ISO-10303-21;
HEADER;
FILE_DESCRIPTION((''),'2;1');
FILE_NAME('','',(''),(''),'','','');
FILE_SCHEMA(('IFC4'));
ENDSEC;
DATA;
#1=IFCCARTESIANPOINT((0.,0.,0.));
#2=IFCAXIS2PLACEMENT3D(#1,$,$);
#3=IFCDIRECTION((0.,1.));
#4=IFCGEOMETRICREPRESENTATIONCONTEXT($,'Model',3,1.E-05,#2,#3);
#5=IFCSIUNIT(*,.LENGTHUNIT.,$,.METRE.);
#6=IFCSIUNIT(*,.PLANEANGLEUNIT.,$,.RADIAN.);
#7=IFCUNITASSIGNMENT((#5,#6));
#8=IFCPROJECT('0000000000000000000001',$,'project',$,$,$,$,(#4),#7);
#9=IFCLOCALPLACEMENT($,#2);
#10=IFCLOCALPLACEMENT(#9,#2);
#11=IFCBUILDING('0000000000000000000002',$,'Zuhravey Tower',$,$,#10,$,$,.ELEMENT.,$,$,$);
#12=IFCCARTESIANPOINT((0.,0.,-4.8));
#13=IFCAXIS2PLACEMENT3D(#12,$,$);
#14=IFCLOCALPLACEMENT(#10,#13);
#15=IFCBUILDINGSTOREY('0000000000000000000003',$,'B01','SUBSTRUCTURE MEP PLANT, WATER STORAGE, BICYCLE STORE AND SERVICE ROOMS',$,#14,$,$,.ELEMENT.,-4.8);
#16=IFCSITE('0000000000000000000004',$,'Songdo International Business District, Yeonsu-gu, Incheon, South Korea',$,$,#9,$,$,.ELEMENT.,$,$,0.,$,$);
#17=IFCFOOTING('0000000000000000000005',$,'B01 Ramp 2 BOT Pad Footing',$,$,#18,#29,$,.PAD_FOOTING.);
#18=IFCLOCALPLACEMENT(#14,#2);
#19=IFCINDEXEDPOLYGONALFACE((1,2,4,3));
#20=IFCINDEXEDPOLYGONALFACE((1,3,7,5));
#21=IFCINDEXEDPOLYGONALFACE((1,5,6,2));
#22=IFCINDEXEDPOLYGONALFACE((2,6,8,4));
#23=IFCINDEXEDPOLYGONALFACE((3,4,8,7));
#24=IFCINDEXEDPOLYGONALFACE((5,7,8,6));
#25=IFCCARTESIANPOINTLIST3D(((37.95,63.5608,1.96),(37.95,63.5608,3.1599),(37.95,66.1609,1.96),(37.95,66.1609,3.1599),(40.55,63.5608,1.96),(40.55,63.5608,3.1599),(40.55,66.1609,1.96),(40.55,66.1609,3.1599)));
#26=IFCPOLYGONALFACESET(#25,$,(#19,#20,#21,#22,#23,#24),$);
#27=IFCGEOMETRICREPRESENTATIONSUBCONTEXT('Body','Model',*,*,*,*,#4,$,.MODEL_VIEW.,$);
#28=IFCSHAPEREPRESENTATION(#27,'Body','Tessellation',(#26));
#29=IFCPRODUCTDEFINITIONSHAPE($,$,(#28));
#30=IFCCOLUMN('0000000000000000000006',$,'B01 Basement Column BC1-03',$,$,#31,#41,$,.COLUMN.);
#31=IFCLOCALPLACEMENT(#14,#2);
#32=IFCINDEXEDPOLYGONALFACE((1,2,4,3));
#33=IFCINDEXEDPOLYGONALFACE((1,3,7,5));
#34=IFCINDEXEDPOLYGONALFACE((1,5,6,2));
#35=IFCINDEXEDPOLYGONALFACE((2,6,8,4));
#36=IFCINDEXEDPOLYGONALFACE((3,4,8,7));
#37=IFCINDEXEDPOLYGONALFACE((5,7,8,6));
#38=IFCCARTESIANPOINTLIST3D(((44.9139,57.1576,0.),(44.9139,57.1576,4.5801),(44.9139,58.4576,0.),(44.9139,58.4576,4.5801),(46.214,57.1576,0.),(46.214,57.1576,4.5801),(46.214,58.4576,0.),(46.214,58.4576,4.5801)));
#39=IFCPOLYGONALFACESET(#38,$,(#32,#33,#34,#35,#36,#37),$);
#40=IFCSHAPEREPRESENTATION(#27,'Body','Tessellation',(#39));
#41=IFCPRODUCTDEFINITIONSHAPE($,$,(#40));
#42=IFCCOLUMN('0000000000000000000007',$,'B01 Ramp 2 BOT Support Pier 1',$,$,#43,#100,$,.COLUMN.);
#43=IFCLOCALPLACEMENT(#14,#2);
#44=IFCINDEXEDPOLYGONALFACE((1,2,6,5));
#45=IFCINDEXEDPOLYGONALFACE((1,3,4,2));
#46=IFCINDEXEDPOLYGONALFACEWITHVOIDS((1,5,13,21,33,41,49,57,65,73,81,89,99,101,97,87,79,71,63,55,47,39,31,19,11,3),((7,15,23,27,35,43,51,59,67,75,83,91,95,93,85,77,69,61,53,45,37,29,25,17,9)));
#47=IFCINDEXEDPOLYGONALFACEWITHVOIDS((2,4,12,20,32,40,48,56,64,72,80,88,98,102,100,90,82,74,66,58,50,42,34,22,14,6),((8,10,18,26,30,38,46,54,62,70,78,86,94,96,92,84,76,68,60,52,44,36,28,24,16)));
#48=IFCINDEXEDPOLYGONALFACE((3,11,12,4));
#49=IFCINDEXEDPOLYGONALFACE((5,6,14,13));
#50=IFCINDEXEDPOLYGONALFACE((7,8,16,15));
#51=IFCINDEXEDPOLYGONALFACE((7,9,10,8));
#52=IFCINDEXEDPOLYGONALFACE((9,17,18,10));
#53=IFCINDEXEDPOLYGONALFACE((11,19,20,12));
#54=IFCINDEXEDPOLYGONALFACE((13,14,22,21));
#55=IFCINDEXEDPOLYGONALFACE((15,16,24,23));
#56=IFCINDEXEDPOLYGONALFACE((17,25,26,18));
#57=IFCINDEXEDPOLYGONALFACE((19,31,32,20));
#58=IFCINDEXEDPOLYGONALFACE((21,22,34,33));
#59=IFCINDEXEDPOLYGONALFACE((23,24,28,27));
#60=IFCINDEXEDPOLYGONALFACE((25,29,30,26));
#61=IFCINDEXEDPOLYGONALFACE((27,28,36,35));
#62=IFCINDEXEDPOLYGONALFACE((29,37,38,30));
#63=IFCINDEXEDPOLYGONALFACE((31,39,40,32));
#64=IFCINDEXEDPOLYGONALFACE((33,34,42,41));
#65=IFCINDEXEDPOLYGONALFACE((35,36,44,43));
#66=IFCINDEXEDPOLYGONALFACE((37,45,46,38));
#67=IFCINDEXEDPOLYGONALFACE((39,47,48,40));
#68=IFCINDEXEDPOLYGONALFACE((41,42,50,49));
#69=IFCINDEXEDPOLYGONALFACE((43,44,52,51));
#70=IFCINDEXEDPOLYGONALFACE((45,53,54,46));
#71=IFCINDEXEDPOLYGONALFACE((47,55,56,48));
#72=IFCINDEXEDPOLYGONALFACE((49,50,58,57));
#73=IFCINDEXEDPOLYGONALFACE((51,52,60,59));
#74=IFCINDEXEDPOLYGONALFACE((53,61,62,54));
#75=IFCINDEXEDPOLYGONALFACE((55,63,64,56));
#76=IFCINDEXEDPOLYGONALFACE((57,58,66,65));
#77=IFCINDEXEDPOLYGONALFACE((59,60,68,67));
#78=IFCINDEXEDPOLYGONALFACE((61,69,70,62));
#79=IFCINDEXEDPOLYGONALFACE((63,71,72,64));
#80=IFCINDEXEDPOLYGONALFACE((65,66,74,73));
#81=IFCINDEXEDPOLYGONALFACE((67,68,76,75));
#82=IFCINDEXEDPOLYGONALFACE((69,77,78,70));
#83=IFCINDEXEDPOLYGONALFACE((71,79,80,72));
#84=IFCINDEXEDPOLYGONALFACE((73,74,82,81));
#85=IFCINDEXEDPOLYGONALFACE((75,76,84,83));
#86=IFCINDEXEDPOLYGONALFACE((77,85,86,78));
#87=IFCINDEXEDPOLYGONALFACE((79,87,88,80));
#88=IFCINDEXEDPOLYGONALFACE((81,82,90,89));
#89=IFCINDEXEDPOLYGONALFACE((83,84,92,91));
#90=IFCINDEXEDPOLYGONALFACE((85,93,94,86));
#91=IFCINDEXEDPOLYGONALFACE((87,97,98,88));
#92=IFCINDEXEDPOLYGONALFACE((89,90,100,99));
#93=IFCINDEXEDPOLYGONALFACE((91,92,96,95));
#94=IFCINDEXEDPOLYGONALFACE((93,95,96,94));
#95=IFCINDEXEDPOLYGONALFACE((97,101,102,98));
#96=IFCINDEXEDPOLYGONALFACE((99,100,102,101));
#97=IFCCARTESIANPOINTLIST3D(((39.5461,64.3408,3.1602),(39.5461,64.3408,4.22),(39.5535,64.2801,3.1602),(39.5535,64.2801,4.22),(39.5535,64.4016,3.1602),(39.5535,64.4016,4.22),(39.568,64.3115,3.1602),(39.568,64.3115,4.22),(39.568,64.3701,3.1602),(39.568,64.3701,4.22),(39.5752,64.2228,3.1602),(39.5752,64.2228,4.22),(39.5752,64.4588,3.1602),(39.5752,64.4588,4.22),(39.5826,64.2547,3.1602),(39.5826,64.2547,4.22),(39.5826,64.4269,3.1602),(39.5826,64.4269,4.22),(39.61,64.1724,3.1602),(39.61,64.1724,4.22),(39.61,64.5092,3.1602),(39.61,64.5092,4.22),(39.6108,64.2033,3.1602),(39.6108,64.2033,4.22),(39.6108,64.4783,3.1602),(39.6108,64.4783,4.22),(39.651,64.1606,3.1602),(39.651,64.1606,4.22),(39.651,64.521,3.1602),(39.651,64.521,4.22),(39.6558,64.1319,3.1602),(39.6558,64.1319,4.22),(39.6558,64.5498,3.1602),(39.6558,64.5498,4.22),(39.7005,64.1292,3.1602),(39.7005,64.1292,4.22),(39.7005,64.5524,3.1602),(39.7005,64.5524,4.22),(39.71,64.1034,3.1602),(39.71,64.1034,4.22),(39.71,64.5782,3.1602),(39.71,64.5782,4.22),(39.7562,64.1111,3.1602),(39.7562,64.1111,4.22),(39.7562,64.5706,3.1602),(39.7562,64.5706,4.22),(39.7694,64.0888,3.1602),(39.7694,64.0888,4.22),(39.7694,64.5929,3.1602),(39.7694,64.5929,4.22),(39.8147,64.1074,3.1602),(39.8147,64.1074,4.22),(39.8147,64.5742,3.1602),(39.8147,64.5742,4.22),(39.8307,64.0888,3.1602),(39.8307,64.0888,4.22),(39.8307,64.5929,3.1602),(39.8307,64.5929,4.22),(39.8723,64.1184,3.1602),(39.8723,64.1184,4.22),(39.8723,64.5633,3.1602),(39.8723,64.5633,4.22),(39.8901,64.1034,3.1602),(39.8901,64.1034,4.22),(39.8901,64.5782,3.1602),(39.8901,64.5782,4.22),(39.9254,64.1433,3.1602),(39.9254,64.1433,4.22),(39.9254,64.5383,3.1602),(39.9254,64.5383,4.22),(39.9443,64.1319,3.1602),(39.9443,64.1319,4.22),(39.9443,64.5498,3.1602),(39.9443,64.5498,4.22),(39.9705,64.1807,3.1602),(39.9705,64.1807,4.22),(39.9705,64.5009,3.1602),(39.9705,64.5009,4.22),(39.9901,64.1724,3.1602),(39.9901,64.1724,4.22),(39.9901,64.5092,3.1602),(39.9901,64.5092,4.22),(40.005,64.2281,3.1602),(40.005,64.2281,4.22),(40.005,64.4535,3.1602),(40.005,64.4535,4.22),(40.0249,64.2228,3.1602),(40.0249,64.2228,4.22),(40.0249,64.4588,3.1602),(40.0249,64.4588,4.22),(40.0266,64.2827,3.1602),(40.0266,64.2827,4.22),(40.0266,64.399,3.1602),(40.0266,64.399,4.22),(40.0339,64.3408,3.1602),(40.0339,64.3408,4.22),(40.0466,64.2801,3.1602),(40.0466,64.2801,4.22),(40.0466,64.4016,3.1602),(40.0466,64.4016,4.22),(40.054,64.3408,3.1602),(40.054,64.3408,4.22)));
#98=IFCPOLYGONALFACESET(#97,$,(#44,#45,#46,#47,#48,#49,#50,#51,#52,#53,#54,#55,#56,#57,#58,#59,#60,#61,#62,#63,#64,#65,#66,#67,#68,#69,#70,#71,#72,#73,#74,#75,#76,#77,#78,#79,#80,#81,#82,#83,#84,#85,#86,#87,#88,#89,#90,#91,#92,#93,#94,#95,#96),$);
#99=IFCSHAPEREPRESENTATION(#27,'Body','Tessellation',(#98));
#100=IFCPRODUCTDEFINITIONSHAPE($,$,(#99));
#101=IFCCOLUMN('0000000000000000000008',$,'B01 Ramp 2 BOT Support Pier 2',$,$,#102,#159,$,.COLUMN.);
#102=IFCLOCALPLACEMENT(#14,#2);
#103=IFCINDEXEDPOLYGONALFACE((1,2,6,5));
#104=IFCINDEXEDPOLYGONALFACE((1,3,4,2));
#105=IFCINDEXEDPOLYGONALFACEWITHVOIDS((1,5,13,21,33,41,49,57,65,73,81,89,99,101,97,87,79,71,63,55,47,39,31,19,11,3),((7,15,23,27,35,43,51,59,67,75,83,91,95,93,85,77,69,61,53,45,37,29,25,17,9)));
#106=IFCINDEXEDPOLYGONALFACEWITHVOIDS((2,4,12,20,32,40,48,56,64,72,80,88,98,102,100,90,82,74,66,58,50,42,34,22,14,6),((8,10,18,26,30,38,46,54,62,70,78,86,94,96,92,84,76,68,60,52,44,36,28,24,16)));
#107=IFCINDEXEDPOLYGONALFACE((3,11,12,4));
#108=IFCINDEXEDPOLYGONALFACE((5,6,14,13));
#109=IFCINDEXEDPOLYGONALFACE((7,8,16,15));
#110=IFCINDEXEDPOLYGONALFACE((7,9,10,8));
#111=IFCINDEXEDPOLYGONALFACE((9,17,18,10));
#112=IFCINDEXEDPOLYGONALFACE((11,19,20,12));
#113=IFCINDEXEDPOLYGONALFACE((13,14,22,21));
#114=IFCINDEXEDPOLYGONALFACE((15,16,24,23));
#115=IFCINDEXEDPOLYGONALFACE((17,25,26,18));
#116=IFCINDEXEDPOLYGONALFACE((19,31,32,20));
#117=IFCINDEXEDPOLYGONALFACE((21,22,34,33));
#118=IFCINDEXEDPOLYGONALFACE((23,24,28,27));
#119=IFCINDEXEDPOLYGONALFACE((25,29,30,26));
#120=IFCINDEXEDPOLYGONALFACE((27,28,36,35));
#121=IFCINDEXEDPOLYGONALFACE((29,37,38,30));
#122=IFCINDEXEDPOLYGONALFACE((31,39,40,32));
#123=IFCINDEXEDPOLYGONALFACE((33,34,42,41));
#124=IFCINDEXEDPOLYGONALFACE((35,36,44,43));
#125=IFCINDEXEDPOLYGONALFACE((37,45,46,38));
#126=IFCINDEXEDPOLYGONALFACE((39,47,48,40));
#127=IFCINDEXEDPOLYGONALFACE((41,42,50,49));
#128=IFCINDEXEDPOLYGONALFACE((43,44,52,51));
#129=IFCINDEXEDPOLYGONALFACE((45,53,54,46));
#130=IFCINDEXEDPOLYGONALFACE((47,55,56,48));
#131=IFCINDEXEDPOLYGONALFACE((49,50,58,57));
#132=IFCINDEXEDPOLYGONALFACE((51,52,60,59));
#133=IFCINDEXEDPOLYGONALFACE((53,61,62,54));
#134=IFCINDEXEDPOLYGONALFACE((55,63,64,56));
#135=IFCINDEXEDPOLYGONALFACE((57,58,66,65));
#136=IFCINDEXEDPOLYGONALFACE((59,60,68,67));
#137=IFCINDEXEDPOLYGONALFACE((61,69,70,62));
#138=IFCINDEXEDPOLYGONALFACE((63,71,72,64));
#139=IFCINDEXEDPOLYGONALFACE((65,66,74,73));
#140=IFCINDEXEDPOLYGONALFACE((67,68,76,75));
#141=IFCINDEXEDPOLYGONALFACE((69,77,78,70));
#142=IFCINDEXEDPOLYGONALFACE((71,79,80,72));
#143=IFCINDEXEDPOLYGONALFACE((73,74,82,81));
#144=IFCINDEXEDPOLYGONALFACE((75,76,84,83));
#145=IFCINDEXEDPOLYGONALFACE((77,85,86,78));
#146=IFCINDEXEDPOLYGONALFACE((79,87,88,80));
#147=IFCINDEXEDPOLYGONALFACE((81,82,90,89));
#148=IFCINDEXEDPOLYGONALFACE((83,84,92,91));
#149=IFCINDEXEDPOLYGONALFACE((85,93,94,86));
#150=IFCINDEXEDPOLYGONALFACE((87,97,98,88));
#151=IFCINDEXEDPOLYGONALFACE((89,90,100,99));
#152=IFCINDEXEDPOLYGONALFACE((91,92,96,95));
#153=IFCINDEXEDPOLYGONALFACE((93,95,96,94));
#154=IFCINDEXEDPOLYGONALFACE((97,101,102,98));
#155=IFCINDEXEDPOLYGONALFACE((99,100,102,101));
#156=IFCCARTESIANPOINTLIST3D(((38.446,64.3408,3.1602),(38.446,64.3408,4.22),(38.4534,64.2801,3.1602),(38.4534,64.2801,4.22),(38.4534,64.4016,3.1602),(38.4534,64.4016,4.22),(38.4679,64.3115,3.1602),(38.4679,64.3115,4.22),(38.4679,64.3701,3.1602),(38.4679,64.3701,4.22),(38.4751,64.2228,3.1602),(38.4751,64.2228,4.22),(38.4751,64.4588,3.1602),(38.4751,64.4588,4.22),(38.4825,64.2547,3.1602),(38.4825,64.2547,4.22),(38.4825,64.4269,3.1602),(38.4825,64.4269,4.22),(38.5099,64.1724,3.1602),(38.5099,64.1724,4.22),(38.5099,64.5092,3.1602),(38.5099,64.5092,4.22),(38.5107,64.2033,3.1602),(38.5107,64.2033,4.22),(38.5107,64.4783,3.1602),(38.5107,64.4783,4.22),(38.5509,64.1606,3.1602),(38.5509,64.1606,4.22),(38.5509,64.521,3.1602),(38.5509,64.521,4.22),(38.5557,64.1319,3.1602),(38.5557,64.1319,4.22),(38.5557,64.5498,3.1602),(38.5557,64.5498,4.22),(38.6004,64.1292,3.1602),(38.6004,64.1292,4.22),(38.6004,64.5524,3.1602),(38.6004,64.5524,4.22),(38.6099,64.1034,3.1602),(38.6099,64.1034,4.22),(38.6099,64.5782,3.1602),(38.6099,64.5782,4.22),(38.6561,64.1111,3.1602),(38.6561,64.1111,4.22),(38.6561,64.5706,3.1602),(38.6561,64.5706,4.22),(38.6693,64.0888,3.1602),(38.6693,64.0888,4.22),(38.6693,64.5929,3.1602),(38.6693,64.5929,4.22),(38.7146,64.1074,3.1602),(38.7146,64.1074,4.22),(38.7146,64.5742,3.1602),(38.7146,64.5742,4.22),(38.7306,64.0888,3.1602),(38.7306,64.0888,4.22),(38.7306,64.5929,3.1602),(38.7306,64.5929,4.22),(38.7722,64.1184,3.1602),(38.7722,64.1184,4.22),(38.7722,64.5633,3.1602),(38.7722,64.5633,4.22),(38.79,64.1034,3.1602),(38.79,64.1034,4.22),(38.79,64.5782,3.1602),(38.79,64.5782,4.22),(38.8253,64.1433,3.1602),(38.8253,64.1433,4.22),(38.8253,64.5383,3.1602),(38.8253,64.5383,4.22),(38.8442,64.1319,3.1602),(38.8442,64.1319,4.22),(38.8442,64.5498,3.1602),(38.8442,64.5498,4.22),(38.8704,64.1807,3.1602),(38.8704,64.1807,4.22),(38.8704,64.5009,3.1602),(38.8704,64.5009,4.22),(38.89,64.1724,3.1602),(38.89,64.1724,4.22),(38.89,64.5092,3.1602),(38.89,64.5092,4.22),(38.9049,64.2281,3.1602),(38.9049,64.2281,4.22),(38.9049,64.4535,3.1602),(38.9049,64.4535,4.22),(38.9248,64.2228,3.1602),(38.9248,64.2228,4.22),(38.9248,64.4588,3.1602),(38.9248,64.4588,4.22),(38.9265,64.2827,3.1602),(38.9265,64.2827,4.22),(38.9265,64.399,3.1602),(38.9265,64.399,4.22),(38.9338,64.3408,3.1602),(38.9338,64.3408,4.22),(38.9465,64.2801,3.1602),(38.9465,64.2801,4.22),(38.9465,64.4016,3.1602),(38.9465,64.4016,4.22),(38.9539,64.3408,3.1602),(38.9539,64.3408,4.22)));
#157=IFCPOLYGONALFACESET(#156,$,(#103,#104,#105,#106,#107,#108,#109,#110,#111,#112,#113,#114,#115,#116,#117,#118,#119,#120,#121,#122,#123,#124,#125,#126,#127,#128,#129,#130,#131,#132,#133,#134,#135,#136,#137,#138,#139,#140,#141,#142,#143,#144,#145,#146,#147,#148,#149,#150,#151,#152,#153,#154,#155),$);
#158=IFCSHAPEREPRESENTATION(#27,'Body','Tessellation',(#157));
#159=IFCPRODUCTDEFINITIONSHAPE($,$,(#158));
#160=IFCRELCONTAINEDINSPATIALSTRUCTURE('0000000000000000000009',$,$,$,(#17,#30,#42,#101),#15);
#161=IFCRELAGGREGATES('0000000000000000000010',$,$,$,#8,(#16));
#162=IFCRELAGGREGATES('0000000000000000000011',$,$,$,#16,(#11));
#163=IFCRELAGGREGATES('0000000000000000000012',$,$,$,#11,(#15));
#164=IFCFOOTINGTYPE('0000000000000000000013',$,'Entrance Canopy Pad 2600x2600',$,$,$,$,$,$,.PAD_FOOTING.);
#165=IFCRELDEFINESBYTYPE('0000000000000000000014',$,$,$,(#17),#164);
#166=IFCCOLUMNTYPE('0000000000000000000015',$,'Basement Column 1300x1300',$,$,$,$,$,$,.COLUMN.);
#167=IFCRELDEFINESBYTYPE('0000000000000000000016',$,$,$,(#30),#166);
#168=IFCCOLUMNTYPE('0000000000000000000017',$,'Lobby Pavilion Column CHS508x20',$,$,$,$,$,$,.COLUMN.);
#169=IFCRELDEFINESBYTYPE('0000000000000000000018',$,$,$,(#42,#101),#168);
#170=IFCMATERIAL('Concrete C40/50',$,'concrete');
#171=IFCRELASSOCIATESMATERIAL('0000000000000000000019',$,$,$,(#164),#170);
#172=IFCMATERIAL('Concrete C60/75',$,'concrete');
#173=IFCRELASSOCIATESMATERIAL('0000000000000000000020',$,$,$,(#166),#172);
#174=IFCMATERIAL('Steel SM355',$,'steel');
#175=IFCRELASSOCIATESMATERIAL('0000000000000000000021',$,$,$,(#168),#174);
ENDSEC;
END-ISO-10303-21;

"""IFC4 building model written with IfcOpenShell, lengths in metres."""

from ifc_helpers import new_model, si_unit, direction, frame, origin, origin_2d, place, context, subcontext, project, spatial, rectangle, hollow_circle, extrude, material, material_profile, profile_set, type_object, element, save


model = new_model("IFC4")

# Units and contexts
model_context = context("Model", 3, precision=1e-05, world=origin(), true_north=direction((0.0, 1.0)))
body_context = subcontext(model_context, "Body", "Model", "MODEL_VIEW")
ifc_project = project(units=[si_unit("LENGTHUNIT", "METRE"), si_unit("PLANEANGLEUNIT", "RADIAN")], contexts=[model_context])

# Site, building, storey
site_placement = place(None, origin())
site = spatial("IfcSite", under=ifc_project, at=site_placement, Name="Songdo International Business District, Yeonsu-gu, Incheon, South Korea", CompositionType="ELEMENT", RefElevation=0.0)
building_placement = place(site_placement, origin())
building = spatial("IfcBuilding", under=site, at=building_placement, Name="Zuhravey Tower", CompositionType="ELEMENT")
storey_placement = place(building_placement, frame((0.0, 0.0, -4.8)))
storey = spatial("IfcBuildingStorey", under=building, at=storey_placement, Name="B01", Description="SUBSTRUCTURE MEP PLANT, WATER STORAGE, BICYCLE STORE AND SERVICE ROOMS", CompositionType="ELEMENT", Elevation=-4.8)

# Footing
ifc_material_1 = material(Name="Concrete C40/50", Category="concrete")
footing_type = type_object("IfcFootingType", Name="Entrance Canopy Pad 2600x2600", PredefinedType="PAD_FOOTING", material=ifc_material_1)
footing_placement = place(storey_placement, frame((39.25, 64.8608, 1.96), z_axis=(0.0, 0.0, 1.0), x_axis=(-1.0, 0.0, 0.0)))
element("IfcFooting", 1, at=footing_placement, inside=storey, type_object=footing_type, Name="B01 Ramp 2 BOT Pad Footing", PredefinedType="PAD_FOOTING", context=body_context, shape_type="SweptSolid", body=[
    extrude(rectangle(XDim=2.6001, YDim=2.6001, at=origin_2d()), origin(), (0.0, 0.0, 1.0), 1.2),
])

# Columns
ifc_material_2 = material(Name="Concrete C60/75", Category="concrete")
ifc_material_profile_1 = material_profile(ifc_material_2, rectangle(XDim=1.3, YDim=1.3, at=origin_2d()), Name="RC-1300x1300")
ifc_profile_set_1 = profile_set([ifc_material_profile_1], Name="Concrete C60/75")
column_type_1 = type_object("IfcColumnType", Name="Basement Column 1300x1300", PredefinedType="COLUMN", material=ifc_profile_set_1)
column_placement = place(storey_placement, frame((45.564, 57.8076, 0.0), z_axis=(0.0, 0.0, 1.0), x_axis=(1.0, 0.0, 0.0)))
element("IfcColumn", 2, at=column_placement, inside=storey, type_object=column_type_1, Name="B01 Basement Column BC1-03", PredefinedType="COLUMN", context=body_context, shape_type="SweptSolid", body=[
    extrude(rectangle(XDim=1.3, YDim=1.3, at=origin_2d()), origin(), (0.0, 0.0, 1.0), 4.5801),
])
ifc_material_3 = material(Name="Steel SM355", Category="steel")
ifc_material_profile_2 = material_profile(ifc_material_3, hollow_circle(Radius=0.2539, WallThickness=0.02, at=origin_2d()), Name="CHS-508x20")
ifc_profile_set_2 = profile_set([ifc_material_profile_2], Name="Steel SM355")
column_type_2 = type_object("IfcColumnType", Name="Lobby Pavilion Column CHS508x20", PredefinedType="COLUMN", material=ifc_profile_set_2)
for number, where, z_axis, x_axis, name in (
    (3, (39.8, 64.3408, 3.1602), (0.0, 0.0, 1.0), (1.0, 0.0, 0.0), "B01 Ramp 2 BOT Support Pier 1"),
    (4, (38.7, 64.3408, 3.1602), (0.0, 0.0, 1.0), (1.0, 0.0, 0.0), "B01 Ramp 2 BOT Support Pier 2"),
):
    element("IfcColumn", number, at=place(storey_placement, frame(where, z_axis=z_axis, x_axis=x_axis)), inside=storey, type_object=column_type_2, Name=name, PredefinedType="COLUMN", context=body_context, shape_type="SweptSolid", body=[
        extrude(hollow_circle(Radius=0.2539, WallThickness=0.02, at=origin_2d()), origin(), (0.0, 0.0, 1.0), 1.0598),
    ])

save(model, "model.ifc")
